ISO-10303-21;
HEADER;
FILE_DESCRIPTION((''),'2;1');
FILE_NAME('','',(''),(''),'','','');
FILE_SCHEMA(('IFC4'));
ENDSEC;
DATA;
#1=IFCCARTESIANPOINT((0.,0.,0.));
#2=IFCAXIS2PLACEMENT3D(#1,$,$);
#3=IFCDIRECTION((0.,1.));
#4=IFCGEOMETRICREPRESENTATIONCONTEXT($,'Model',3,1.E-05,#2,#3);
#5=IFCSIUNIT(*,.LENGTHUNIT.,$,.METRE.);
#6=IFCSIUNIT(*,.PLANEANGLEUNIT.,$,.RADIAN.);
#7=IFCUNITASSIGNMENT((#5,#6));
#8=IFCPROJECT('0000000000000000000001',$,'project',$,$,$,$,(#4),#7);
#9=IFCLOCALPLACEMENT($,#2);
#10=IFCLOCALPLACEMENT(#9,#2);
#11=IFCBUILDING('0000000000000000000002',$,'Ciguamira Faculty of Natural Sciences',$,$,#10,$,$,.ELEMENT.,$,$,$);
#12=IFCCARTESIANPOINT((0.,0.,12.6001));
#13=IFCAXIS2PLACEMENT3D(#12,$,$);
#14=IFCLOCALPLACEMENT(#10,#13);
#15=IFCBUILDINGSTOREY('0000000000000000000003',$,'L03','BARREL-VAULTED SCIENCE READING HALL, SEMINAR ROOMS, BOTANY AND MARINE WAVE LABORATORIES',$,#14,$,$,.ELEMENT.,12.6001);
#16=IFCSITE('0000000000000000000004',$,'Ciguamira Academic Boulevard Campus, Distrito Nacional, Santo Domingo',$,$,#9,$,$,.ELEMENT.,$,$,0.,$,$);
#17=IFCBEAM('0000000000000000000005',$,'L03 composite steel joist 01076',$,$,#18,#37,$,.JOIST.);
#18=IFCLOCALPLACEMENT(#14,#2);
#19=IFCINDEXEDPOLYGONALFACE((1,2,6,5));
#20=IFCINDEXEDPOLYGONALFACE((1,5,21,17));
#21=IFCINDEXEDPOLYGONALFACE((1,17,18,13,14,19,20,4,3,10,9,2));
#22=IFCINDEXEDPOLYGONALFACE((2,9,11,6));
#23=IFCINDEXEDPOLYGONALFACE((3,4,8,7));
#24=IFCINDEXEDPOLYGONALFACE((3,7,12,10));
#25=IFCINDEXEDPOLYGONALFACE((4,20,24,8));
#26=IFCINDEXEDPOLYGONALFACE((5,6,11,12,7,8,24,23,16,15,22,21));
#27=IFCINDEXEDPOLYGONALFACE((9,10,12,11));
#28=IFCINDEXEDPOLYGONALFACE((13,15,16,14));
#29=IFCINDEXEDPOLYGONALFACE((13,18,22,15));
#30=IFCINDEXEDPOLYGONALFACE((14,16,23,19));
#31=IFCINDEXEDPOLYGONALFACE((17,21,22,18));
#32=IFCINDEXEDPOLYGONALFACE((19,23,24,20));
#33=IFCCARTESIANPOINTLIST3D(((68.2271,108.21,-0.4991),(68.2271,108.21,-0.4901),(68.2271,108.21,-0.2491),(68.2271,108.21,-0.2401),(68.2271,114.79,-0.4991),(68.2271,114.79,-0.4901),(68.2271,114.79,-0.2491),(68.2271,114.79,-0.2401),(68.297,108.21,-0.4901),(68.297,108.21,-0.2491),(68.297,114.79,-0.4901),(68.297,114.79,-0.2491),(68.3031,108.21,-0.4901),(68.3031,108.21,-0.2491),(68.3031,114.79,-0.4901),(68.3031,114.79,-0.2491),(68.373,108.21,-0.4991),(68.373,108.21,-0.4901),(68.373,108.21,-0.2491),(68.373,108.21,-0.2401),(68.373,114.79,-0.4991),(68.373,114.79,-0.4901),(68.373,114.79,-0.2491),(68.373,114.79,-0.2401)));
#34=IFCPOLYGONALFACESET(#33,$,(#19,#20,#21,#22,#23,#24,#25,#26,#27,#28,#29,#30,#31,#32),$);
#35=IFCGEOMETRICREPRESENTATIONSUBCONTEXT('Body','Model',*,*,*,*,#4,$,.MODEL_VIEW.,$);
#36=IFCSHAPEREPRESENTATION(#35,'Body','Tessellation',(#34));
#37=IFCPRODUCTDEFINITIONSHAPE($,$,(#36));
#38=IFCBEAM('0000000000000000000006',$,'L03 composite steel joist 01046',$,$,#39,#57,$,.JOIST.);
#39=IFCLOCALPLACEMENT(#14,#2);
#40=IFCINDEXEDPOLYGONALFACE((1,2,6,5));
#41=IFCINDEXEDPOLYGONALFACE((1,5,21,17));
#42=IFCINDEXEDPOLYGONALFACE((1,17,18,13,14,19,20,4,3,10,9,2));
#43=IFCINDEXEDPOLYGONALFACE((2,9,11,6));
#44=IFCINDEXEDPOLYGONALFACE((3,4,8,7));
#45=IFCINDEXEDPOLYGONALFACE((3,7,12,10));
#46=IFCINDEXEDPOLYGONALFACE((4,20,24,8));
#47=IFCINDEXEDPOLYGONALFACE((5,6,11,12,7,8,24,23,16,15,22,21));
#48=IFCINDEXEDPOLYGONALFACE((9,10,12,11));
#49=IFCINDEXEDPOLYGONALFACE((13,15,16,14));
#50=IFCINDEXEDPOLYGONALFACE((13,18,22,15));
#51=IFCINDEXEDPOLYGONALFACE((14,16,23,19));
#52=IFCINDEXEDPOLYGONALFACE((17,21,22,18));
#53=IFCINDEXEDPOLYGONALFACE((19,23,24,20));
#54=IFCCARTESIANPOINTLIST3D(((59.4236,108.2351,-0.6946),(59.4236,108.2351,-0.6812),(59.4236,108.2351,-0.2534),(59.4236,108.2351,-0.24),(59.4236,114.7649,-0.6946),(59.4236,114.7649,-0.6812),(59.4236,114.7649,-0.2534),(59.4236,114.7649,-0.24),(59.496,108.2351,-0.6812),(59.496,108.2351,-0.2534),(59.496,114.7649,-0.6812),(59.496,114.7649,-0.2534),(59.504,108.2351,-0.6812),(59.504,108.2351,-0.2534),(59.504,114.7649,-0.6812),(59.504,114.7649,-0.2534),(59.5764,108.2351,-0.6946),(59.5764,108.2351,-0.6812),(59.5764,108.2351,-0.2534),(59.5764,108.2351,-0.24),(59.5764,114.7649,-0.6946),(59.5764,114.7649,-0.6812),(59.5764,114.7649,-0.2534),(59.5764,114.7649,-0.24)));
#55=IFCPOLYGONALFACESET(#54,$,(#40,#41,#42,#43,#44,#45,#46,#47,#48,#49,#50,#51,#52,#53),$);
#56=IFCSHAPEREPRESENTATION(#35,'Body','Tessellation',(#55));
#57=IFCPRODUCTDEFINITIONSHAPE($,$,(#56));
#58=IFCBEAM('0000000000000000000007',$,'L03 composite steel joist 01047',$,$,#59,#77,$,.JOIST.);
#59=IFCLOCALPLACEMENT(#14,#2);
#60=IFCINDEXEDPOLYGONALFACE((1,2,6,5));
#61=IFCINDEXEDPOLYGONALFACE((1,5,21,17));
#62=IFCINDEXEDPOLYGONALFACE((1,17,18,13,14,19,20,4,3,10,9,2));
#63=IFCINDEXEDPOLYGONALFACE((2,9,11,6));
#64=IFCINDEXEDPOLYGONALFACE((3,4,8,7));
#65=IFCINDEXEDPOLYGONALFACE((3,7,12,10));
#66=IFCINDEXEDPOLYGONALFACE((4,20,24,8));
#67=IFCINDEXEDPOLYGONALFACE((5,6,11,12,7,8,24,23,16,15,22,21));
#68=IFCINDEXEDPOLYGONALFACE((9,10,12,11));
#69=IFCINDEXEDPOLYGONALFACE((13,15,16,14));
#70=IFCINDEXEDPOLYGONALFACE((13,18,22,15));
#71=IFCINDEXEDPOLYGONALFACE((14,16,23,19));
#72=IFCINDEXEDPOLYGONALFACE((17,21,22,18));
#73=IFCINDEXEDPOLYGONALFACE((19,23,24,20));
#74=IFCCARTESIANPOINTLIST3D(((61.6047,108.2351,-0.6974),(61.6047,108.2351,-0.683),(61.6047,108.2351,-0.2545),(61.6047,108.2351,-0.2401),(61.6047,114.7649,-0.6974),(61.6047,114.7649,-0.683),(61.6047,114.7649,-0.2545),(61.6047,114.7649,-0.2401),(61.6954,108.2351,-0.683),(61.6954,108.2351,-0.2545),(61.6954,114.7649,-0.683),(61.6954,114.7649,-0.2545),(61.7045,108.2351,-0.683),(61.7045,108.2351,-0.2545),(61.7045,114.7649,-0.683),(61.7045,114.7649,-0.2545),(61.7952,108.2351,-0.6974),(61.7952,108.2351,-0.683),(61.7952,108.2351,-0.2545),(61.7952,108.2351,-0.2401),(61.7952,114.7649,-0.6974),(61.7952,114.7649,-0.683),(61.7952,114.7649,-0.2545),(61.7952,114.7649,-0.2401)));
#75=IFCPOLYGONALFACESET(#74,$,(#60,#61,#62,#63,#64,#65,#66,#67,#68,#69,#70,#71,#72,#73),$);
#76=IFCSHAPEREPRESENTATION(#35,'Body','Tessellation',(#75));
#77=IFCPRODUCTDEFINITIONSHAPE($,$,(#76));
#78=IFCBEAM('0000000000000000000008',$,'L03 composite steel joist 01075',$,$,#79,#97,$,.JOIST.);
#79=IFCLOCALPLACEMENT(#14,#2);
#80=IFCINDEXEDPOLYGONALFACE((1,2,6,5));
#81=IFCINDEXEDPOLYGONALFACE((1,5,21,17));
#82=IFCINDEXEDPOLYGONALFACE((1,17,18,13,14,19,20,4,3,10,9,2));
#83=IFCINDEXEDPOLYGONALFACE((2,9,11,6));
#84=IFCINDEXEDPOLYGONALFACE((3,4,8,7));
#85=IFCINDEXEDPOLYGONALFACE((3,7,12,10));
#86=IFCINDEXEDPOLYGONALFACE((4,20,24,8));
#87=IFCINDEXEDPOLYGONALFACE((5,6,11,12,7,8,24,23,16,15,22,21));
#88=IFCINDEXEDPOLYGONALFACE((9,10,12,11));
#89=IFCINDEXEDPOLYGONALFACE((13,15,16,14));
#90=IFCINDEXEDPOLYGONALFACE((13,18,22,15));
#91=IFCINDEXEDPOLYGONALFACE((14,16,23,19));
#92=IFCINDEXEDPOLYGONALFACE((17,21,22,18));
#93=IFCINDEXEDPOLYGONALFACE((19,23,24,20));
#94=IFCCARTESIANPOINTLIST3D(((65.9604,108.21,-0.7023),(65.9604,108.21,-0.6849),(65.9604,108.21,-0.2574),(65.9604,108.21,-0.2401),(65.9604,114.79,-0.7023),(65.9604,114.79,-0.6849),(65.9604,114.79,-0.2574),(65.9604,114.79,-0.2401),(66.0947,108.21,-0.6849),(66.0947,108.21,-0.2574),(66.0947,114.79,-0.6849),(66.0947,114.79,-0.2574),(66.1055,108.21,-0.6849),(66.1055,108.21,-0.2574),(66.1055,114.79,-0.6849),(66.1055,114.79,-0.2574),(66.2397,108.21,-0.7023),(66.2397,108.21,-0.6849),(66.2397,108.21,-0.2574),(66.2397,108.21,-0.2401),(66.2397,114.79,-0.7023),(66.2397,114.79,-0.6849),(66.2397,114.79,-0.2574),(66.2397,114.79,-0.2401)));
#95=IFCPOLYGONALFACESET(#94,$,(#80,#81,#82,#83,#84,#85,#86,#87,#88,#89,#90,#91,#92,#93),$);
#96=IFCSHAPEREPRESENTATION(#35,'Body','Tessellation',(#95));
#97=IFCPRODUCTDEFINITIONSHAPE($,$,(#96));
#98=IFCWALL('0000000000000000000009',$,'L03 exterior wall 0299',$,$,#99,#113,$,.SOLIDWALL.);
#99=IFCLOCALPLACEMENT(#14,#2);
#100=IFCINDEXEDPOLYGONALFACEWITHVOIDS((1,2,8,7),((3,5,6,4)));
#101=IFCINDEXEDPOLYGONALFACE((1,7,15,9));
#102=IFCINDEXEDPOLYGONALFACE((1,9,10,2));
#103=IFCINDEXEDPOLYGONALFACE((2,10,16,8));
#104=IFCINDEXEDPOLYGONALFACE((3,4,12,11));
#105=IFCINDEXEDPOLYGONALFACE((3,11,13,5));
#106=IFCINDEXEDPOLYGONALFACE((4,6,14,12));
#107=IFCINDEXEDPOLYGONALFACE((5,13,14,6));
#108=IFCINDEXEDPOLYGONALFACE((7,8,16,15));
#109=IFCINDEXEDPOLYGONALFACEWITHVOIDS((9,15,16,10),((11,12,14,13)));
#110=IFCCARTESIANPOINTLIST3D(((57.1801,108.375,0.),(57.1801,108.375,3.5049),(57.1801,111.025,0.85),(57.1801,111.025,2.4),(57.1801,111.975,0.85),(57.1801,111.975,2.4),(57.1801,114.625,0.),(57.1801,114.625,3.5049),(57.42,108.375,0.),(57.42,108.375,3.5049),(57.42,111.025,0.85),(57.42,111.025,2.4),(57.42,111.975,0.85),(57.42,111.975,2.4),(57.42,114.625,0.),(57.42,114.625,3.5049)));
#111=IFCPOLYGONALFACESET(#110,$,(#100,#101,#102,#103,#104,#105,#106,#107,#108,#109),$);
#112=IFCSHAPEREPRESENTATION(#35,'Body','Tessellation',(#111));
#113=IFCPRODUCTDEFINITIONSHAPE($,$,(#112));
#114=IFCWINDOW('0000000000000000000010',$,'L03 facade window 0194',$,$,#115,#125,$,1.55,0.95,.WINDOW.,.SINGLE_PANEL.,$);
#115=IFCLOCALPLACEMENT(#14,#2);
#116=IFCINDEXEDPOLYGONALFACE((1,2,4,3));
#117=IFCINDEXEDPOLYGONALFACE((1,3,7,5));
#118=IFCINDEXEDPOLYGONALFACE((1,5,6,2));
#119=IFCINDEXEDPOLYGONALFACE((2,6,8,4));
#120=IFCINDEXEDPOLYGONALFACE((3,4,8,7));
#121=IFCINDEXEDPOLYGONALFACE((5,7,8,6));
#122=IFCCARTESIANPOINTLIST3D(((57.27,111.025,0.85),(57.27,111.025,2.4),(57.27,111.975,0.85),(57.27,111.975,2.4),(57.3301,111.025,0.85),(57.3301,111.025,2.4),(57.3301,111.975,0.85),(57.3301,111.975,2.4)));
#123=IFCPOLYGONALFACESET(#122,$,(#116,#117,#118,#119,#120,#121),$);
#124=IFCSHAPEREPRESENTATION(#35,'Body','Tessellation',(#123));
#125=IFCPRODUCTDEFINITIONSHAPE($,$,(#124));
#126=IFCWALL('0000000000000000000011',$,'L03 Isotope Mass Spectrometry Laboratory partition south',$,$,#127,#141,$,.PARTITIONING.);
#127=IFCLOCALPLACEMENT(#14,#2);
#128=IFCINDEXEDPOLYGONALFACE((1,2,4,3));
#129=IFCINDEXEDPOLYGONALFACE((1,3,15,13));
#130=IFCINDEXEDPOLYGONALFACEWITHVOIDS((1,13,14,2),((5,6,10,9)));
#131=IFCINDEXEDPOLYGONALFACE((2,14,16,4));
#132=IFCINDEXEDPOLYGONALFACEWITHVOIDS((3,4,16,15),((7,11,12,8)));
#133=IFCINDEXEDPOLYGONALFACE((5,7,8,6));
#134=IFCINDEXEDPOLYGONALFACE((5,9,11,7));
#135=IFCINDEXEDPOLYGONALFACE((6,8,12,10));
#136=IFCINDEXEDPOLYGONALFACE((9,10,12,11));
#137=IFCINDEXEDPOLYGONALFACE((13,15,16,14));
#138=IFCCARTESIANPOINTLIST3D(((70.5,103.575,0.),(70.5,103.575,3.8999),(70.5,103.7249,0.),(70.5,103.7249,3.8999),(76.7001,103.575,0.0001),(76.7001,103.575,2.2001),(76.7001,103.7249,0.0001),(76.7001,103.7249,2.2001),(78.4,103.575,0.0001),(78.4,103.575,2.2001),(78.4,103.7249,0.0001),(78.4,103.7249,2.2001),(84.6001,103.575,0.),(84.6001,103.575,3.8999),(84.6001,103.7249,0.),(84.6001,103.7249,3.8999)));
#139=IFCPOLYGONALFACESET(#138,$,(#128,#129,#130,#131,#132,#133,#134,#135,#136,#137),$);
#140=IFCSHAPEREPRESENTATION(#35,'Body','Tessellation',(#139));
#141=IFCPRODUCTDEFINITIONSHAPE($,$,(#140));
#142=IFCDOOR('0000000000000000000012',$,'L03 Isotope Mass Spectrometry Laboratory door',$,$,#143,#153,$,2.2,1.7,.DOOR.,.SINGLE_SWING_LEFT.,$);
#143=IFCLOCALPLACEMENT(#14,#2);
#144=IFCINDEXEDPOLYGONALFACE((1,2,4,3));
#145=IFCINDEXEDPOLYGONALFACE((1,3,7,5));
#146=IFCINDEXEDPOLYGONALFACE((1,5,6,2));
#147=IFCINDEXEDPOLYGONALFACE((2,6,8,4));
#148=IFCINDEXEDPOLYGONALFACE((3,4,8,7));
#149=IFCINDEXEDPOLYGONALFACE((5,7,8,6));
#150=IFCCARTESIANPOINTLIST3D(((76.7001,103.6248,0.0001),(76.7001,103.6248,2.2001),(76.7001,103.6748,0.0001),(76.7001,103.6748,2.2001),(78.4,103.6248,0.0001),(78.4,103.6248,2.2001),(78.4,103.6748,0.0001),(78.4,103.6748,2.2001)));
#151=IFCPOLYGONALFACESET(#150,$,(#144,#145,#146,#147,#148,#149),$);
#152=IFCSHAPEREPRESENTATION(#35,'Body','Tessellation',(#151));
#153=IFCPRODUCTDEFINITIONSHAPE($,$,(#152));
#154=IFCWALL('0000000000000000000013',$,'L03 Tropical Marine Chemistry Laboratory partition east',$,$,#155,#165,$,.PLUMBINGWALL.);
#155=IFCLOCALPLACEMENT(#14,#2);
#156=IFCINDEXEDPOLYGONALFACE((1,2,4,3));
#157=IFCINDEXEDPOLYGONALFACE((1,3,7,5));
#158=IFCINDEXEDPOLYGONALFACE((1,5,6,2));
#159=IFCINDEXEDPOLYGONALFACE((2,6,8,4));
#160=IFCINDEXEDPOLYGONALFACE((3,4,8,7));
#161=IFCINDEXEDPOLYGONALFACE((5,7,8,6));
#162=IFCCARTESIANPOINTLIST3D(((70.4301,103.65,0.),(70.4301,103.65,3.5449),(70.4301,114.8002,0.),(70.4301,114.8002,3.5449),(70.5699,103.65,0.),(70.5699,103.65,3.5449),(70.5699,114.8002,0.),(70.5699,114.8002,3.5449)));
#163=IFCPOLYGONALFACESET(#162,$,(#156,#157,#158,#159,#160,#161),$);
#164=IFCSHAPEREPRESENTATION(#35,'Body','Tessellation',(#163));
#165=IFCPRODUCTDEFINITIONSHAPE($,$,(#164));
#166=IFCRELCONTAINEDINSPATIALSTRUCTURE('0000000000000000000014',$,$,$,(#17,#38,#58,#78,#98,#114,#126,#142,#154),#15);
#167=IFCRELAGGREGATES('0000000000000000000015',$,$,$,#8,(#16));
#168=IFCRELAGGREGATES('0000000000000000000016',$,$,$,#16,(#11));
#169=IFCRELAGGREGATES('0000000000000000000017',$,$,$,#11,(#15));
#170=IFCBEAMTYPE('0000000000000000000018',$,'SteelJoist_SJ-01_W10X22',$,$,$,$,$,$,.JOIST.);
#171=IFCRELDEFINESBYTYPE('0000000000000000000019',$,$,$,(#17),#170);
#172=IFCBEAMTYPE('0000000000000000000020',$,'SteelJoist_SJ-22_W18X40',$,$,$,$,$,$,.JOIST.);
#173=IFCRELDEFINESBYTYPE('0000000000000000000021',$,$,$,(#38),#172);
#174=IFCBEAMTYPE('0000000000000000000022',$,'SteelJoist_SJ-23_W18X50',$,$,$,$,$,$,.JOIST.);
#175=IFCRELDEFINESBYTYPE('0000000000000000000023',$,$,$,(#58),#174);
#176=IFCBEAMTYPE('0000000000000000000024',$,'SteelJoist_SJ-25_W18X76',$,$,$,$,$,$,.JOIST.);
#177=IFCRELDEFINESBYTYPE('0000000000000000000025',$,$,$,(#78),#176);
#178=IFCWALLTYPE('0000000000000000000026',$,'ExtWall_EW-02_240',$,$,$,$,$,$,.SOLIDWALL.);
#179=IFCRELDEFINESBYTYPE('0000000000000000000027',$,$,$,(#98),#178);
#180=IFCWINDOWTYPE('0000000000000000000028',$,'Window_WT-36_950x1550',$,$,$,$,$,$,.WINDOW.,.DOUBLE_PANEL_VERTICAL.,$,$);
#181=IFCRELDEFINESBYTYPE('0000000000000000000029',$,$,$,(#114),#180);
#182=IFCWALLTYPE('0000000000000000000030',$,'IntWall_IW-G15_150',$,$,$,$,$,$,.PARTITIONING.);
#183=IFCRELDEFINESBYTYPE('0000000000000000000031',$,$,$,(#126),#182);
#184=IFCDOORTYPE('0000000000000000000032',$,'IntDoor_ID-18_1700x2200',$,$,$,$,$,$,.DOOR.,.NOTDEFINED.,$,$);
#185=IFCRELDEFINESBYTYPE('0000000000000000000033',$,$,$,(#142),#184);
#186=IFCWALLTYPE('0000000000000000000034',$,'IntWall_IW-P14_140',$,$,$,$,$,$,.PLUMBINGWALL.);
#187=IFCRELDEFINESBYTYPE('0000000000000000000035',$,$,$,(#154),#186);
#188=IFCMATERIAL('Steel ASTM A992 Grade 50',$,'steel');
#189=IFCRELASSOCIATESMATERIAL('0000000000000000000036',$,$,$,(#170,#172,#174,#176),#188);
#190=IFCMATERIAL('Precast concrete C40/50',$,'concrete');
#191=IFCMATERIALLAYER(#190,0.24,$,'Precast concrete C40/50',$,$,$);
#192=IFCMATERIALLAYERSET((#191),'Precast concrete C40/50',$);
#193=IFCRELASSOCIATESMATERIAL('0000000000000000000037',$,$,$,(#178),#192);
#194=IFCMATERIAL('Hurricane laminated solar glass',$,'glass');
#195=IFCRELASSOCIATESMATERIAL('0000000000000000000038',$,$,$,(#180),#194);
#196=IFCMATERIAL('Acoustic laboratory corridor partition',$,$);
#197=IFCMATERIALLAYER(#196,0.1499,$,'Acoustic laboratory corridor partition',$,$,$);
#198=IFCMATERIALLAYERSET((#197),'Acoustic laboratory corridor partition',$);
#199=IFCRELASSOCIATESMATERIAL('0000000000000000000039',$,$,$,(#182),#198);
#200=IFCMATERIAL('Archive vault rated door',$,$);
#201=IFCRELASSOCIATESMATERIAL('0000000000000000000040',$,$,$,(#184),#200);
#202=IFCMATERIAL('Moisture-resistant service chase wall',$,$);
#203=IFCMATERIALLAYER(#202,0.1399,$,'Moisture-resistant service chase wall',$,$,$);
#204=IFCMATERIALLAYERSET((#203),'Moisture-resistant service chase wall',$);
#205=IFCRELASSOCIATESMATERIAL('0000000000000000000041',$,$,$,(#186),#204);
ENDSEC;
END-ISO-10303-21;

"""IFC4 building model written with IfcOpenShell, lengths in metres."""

from ifc_helpers import new_model, si_unit, direction, frame, frame_2d, origin, origin_2d, place, context, subcontext, project, spatial, rectangle, i_section, extrude, material, layer, layer_set, material_profile, profile_set, type_object, element, fill, save


model = new_model("IFC4")

# Units and contexts
model_context = context("Model", 3, precision=1e-05, world=origin(), true_north=direction((0.0, 1.0)))
body_context = subcontext(model_context, "Body", "Model", "MODEL_VIEW")
ifc_project = project(units=[si_unit("LENGTHUNIT", "METRE"), si_unit("PLANEANGLEUNIT", "RADIAN")], contexts=[model_context])

# Site, building, storey
site_placement = place(None, origin())
site = spatial("IfcSite", under=ifc_project, at=site_placement, Name="Ciguamira Academic Boulevard Campus, Distrito Nacional, Santo Domingo", CompositionType="ELEMENT", RefElevation=0.0)
building_placement = place(site_placement, origin())
building = spatial("IfcBuilding", under=site, at=building_placement, Name="Ciguamira Faculty of Natural Sciences", CompositionType="ELEMENT")
storey_placement = place(building_placement, frame((0.0, 0.0, 12.6001)))
storey = spatial("IfcBuildingStorey", under=building, at=storey_placement, Name="L03", Description="BARREL-VAULTED SCIENCE READING HALL, SEMINAR ROOMS, BOTANY AND MARINE WAVE LABORATORIES", CompositionType="ELEMENT", Elevation=12.6001)

# Beams
ifc_material_1 = material(Name="Precast concrete C40/50", Category="concrete")
ifc_material_2 = material(Name="Steel ASTM A992 Grade 50", Category="steel")
ifc_material_profile_1 = material_profile(ifc_material_2, i_section(OverallWidth=0.146, OverallDepth=0.259, WebThickness=0.0061, FlangeThickness=0.009, at=origin_2d()), Name="W10X22")
ifc_profile_set_1 = profile_set([ifc_material_profile_1], Name="Steel ASTM A992 Grade 50")
beam_type_1 = type_object("IfcBeamType", Name="SteelJoist_SJ-01_W10X22", PredefinedType="JOIST", material=ifc_profile_set_1)
beam_1_placement = place(storey_placement, frame((68.3, 108.21, -0.3696), z_axis=(0.0, 1.0, 0.0), x_axis=(-1.0, 0.0, 0.0)))
element("IfcBeam", 1, at=beam_1_placement, inside=storey, type_object=beam_type_1, Name="L03 composite steel joist 01076", PredefinedType="JOIST", context=body_context, shape_type="SweptSolid", body=[
    extrude(i_section(OverallWidth=0.146, OverallDepth=0.259, WebThickness=0.0061, FlangeThickness=0.009, at=origin_2d()), origin(), (0.0, 0.0, 1.0), 6.5801),
])
ifc_material_profile_2 = material_profile(ifc_material_2, i_section(OverallWidth=0.1528, OverallDepth=0.4546, WebThickness=0.0081, FlangeThickness=0.0134, at=origin_2d()), Name="W18X40")
ifc_profile_set_2 = profile_set([ifc_material_profile_2], Name="Steel ASTM A992 Grade 50")
beam_type_2 = type_object("IfcBeamType", Name="SteelJoist_SJ-22_W18X40", PredefinedType="JOIST", material=ifc_profile_set_2)
beam_2_placement = place(storey_placement, frame((59.5, 108.2351, -0.4673), z_axis=(0.0, 1.0, 0.0), x_axis=(-1.0, 0.0, 0.0)))
element("IfcBeam", 2, at=beam_2_placement, inside=storey, type_object=beam_type_2, Name="L03 composite steel joist 01046", PredefinedType="JOIST", context=body_context, shape_type="SweptSolid", body=[
    extrude(i_section(OverallWidth=0.1528, OverallDepth=0.4546, WebThickness=0.0081, FlangeThickness=0.0134, at=origin_2d()), origin(), (0.0, 0.0, 1.0), 6.5298),
])
ifc_material_profile_3 = material_profile(ifc_material_2, i_section(OverallWidth=0.1904, OverallDepth=0.4573, WebThickness=0.009, FlangeThickness=0.0144, at=origin_2d()), Name="W18X50")
ifc_profile_set_3 = profile_set([ifc_material_profile_3], Name="Steel ASTM A992 Grade 50")
beam_type_3 = type_object("IfcBeamType", Name="SteelJoist_SJ-23_W18X50", PredefinedType="JOIST", material=ifc_profile_set_3)
beam_3_placement = place(storey_placement, frame((61.7, 108.2351, -0.4688), z_axis=(0.0, 1.0, 0.0), x_axis=(-1.0, 0.0, 0.0)))
element("IfcBeam", 3, at=beam_3_placement, inside=storey, type_object=beam_type_3, Name="L03 composite steel joist 01047", PredefinedType="JOIST", context=body_context, shape_type="SweptSolid", body=[
    extrude(i_section(OverallWidth=0.1904, OverallDepth=0.4573, WebThickness=0.009, FlangeThickness=0.0144, at=origin_2d()), origin(), (0.0, 0.0, 1.0), 6.5298),
])
ifc_material_profile_4 = material_profile(ifc_material_2, i_section(OverallWidth=0.2793, OverallDepth=0.4622, WebThickness=0.0107, FlangeThickness=0.0173, at=origin_2d()), Name="W18X76")
ifc_profile_set_4 = profile_set([ifc_material_profile_4], Name="Steel ASTM A992 Grade 50")
beam_type_4 = type_object("IfcBeamType", Name="SteelJoist_SJ-25_W18X76", PredefinedType="JOIST", material=ifc_profile_set_4)
beam_4_placement = place(storey_placement, frame((66.1001, 108.21, -0.4712), z_axis=(0.0, 1.0, 0.0), x_axis=(-1.0, 0.0, 0.0)))
element("IfcBeam", 4, at=beam_4_placement, inside=storey, type_object=beam_type_4, Name="L03 composite steel joist 01075", PredefinedType="JOIST", context=body_context, shape_type="SweptSolid", body=[
    extrude(i_section(OverallWidth=0.2793, OverallDepth=0.4622, WebThickness=0.0107, FlangeThickness=0.0173, at=origin_2d()), origin(), (0.0, 0.0, 1.0), 6.5801),
])

# Wall, opening, window
ifc_layer_1 = layer(ifc_material_1, 0.24, Name="Precast concrete C40/50")
ifc_layer_set_1 = layer_set([ifc_layer_1], Name="Precast concrete C40/50")
wall_type_1 = type_object("IfcWallType", Name="ExtWall_EW-02_240", PredefinedType="SOLIDWALL", material=ifc_layer_set_1)
wall_1_placement = place(storey_placement, frame((57.3, 108.375, 0.0), z_axis=(0.0, 0.0, 1.0), x_axis=(0.0, 1.0, 0.0)))
wall_1 = element("IfcWall", 5, at=wall_1_placement, inside=storey, type_object=wall_type_1, Name="L03 exterior wall 0299", PredefinedType="SOLIDWALL", context=body_context, shape_type="SweptSolid", body=[
    extrude(rectangle(XDim=6.25, YDim=0.24, at=frame_2d((3.125, 0.0))), origin(), (0.0, 0.0, 1.0), 3.5049),
])
opening_1_placement = place(wall_1_placement, frame((2.6499, 0.0, 0.8501)))
opening_1 = element("IfcOpeningElement", 6, at=opening_1_placement, cuts=wall_1, PredefinedType="OPENING", context=body_context, shape_type="SweptSolid", body=[
    extrude(rectangle(XDim=0.95, YDim=1.55, at=frame_2d((0.4751, 0.7749))), frame((0.0, 0.1299, 0.0), z_axis=(0.0, -1.0, 0.0), x_axis=(1.0, 0.0, 0.0)), (0.0, 0.0, 1.0), 0.26),
])
ifc_material_3 = material(Name="Hurricane laminated solar glass", Category="glass")
window_type = type_object("IfcWindowType", Name="Window_WT-36_950x1550", PartitioningType="DOUBLE_PANEL_VERTICAL", PredefinedType="WINDOW", material=ifc_material_3)
window_placement = place(opening_1_placement, origin())
window = element("IfcWindow", 7, at=window_placement, inside=storey, type_object=window_type, Name="L03 facade window 0194", OverallHeight=1.55, OverallWidth=0.95, PartitioningType="SINGLE_PANEL", PredefinedType="WINDOW", context=body_context, shape_type="SweptSolid", body=[
    extrude(rectangle(XDim=0.95, YDim=1.55, at=frame_2d((0.4751, 0.7749))), frame((0.0, 0.03, 0.0), z_axis=(0.0, -1.0, 0.0), x_axis=(1.0, 0.0, 0.0)), (0.0, 0.0, 1.0), 0.0601),
])
fill(opening_1, window)

# Wall, opening, door
ifc_material_4 = material(Name="Acoustic laboratory corridor partition")
ifc_layer_2 = layer(ifc_material_4, 0.1499, Name="Acoustic laboratory corridor partition")
ifc_layer_set_2 = layer_set([ifc_layer_2], Name="Acoustic laboratory corridor partition")
wall_type_2 = type_object("IfcWallType", Name="IntWall_IW-G15_150", PredefinedType="PARTITIONING", material=ifc_layer_set_2)
wall_2_placement = place(storey_placement, frame((70.5, 103.6499, 0.0), z_axis=(0.0, 0.0, 1.0), x_axis=(1.0, 0.0, 0.0)))
wall_2 = element("IfcWall", 8, at=wall_2_placement, inside=storey, type_object=wall_type_2, Name="L03 Isotope Mass Spectrometry Laboratory partition south", PredefinedType="PARTITIONING", context=body_context, shape_type="SweptSolid", body=[
    extrude(rectangle(XDim=14.1001, YDim=0.1499, at=frame_2d((7.05, 0.0))), origin(), (0.0, 0.0, 1.0), 3.8999),
])
opening_2_placement = place(wall_2_placement, frame((6.2, 0.0, 0.0)))
opening_2 = element("IfcOpeningElement", 9, at=opening_2_placement, cuts=wall_2, PredefinedType="OPENING", context=body_context, shape_type="SweptSolid", body=[
    extrude(rectangle(XDim=1.7, YDim=2.2, at=frame_2d((0.8501, 1.1001))), frame((0.0, 0.085, 0.0), z_axis=(0.0, -1.0, 0.0), x_axis=(1.0, 0.0, 0.0)), (0.0, 0.0, 1.0), 0.1699),
])
ifc_material_5 = material(Name="Archive vault rated door")
door_type = type_object("IfcDoorType", Name="IntDoor_ID-18_1700x2200", OperationType="NOTDEFINED", PredefinedType="DOOR", material=ifc_material_5)
door_placement = place(opening_2_placement, origin())
door = element("IfcDoor", 10, at=door_placement, inside=storey, type_object=door_type, Name="L03 Isotope Mass Spectrometry Laboratory door", OperationType="SINGLE_SWING_LEFT", OverallHeight=2.2, OverallWidth=1.7, PredefinedType="DOOR", context=body_context, shape_type="SweptSolid", body=[
    extrude(rectangle(XDim=1.7, YDim=2.2, at=frame_2d((0.8501, 1.1001))), frame((0.0, 0.0249, 0.0), z_axis=(0.0, -1.0, 0.0), x_axis=(1.0, 0.0, 0.0)), (0.0, 0.0, 1.0), 0.05),
])
fill(opening_2, door)

# Wall
ifc_material_6 = material(Name="Moisture-resistant service chase wall")
ifc_layer_3 = layer(ifc_material_6, 0.1399, Name="Moisture-resistant service chase wall")
ifc_layer_set_3 = layer_set([ifc_layer_3], Name="Moisture-resistant service chase wall")
wall_type_3 = type_object("IfcWallType", Name="IntWall_IW-P14_140", PredefinedType="PLUMBINGWALL", material=ifc_layer_set_3)
wall_3_placement = place(storey_placement, frame((70.5, 103.6499, 0.0), z_axis=(0.0, 0.0, 1.0), x_axis=(0.0, 1.0, 0.0)))
element("IfcWall", 11, at=wall_3_placement, inside=storey, type_object=wall_type_3, Name="L03 Tropical Marine Chemistry Laboratory partition east", PredefinedType="PLUMBINGWALL", context=body_context, shape_type="SweptSolid", body=[
    extrude(rectangle(XDim=11.1501, YDim=0.1399, at=frame_2d((5.5752, 0.0))), origin(), (0.0, 0.0, 1.0), 3.5449),
])

save(model, "model.ifc")
